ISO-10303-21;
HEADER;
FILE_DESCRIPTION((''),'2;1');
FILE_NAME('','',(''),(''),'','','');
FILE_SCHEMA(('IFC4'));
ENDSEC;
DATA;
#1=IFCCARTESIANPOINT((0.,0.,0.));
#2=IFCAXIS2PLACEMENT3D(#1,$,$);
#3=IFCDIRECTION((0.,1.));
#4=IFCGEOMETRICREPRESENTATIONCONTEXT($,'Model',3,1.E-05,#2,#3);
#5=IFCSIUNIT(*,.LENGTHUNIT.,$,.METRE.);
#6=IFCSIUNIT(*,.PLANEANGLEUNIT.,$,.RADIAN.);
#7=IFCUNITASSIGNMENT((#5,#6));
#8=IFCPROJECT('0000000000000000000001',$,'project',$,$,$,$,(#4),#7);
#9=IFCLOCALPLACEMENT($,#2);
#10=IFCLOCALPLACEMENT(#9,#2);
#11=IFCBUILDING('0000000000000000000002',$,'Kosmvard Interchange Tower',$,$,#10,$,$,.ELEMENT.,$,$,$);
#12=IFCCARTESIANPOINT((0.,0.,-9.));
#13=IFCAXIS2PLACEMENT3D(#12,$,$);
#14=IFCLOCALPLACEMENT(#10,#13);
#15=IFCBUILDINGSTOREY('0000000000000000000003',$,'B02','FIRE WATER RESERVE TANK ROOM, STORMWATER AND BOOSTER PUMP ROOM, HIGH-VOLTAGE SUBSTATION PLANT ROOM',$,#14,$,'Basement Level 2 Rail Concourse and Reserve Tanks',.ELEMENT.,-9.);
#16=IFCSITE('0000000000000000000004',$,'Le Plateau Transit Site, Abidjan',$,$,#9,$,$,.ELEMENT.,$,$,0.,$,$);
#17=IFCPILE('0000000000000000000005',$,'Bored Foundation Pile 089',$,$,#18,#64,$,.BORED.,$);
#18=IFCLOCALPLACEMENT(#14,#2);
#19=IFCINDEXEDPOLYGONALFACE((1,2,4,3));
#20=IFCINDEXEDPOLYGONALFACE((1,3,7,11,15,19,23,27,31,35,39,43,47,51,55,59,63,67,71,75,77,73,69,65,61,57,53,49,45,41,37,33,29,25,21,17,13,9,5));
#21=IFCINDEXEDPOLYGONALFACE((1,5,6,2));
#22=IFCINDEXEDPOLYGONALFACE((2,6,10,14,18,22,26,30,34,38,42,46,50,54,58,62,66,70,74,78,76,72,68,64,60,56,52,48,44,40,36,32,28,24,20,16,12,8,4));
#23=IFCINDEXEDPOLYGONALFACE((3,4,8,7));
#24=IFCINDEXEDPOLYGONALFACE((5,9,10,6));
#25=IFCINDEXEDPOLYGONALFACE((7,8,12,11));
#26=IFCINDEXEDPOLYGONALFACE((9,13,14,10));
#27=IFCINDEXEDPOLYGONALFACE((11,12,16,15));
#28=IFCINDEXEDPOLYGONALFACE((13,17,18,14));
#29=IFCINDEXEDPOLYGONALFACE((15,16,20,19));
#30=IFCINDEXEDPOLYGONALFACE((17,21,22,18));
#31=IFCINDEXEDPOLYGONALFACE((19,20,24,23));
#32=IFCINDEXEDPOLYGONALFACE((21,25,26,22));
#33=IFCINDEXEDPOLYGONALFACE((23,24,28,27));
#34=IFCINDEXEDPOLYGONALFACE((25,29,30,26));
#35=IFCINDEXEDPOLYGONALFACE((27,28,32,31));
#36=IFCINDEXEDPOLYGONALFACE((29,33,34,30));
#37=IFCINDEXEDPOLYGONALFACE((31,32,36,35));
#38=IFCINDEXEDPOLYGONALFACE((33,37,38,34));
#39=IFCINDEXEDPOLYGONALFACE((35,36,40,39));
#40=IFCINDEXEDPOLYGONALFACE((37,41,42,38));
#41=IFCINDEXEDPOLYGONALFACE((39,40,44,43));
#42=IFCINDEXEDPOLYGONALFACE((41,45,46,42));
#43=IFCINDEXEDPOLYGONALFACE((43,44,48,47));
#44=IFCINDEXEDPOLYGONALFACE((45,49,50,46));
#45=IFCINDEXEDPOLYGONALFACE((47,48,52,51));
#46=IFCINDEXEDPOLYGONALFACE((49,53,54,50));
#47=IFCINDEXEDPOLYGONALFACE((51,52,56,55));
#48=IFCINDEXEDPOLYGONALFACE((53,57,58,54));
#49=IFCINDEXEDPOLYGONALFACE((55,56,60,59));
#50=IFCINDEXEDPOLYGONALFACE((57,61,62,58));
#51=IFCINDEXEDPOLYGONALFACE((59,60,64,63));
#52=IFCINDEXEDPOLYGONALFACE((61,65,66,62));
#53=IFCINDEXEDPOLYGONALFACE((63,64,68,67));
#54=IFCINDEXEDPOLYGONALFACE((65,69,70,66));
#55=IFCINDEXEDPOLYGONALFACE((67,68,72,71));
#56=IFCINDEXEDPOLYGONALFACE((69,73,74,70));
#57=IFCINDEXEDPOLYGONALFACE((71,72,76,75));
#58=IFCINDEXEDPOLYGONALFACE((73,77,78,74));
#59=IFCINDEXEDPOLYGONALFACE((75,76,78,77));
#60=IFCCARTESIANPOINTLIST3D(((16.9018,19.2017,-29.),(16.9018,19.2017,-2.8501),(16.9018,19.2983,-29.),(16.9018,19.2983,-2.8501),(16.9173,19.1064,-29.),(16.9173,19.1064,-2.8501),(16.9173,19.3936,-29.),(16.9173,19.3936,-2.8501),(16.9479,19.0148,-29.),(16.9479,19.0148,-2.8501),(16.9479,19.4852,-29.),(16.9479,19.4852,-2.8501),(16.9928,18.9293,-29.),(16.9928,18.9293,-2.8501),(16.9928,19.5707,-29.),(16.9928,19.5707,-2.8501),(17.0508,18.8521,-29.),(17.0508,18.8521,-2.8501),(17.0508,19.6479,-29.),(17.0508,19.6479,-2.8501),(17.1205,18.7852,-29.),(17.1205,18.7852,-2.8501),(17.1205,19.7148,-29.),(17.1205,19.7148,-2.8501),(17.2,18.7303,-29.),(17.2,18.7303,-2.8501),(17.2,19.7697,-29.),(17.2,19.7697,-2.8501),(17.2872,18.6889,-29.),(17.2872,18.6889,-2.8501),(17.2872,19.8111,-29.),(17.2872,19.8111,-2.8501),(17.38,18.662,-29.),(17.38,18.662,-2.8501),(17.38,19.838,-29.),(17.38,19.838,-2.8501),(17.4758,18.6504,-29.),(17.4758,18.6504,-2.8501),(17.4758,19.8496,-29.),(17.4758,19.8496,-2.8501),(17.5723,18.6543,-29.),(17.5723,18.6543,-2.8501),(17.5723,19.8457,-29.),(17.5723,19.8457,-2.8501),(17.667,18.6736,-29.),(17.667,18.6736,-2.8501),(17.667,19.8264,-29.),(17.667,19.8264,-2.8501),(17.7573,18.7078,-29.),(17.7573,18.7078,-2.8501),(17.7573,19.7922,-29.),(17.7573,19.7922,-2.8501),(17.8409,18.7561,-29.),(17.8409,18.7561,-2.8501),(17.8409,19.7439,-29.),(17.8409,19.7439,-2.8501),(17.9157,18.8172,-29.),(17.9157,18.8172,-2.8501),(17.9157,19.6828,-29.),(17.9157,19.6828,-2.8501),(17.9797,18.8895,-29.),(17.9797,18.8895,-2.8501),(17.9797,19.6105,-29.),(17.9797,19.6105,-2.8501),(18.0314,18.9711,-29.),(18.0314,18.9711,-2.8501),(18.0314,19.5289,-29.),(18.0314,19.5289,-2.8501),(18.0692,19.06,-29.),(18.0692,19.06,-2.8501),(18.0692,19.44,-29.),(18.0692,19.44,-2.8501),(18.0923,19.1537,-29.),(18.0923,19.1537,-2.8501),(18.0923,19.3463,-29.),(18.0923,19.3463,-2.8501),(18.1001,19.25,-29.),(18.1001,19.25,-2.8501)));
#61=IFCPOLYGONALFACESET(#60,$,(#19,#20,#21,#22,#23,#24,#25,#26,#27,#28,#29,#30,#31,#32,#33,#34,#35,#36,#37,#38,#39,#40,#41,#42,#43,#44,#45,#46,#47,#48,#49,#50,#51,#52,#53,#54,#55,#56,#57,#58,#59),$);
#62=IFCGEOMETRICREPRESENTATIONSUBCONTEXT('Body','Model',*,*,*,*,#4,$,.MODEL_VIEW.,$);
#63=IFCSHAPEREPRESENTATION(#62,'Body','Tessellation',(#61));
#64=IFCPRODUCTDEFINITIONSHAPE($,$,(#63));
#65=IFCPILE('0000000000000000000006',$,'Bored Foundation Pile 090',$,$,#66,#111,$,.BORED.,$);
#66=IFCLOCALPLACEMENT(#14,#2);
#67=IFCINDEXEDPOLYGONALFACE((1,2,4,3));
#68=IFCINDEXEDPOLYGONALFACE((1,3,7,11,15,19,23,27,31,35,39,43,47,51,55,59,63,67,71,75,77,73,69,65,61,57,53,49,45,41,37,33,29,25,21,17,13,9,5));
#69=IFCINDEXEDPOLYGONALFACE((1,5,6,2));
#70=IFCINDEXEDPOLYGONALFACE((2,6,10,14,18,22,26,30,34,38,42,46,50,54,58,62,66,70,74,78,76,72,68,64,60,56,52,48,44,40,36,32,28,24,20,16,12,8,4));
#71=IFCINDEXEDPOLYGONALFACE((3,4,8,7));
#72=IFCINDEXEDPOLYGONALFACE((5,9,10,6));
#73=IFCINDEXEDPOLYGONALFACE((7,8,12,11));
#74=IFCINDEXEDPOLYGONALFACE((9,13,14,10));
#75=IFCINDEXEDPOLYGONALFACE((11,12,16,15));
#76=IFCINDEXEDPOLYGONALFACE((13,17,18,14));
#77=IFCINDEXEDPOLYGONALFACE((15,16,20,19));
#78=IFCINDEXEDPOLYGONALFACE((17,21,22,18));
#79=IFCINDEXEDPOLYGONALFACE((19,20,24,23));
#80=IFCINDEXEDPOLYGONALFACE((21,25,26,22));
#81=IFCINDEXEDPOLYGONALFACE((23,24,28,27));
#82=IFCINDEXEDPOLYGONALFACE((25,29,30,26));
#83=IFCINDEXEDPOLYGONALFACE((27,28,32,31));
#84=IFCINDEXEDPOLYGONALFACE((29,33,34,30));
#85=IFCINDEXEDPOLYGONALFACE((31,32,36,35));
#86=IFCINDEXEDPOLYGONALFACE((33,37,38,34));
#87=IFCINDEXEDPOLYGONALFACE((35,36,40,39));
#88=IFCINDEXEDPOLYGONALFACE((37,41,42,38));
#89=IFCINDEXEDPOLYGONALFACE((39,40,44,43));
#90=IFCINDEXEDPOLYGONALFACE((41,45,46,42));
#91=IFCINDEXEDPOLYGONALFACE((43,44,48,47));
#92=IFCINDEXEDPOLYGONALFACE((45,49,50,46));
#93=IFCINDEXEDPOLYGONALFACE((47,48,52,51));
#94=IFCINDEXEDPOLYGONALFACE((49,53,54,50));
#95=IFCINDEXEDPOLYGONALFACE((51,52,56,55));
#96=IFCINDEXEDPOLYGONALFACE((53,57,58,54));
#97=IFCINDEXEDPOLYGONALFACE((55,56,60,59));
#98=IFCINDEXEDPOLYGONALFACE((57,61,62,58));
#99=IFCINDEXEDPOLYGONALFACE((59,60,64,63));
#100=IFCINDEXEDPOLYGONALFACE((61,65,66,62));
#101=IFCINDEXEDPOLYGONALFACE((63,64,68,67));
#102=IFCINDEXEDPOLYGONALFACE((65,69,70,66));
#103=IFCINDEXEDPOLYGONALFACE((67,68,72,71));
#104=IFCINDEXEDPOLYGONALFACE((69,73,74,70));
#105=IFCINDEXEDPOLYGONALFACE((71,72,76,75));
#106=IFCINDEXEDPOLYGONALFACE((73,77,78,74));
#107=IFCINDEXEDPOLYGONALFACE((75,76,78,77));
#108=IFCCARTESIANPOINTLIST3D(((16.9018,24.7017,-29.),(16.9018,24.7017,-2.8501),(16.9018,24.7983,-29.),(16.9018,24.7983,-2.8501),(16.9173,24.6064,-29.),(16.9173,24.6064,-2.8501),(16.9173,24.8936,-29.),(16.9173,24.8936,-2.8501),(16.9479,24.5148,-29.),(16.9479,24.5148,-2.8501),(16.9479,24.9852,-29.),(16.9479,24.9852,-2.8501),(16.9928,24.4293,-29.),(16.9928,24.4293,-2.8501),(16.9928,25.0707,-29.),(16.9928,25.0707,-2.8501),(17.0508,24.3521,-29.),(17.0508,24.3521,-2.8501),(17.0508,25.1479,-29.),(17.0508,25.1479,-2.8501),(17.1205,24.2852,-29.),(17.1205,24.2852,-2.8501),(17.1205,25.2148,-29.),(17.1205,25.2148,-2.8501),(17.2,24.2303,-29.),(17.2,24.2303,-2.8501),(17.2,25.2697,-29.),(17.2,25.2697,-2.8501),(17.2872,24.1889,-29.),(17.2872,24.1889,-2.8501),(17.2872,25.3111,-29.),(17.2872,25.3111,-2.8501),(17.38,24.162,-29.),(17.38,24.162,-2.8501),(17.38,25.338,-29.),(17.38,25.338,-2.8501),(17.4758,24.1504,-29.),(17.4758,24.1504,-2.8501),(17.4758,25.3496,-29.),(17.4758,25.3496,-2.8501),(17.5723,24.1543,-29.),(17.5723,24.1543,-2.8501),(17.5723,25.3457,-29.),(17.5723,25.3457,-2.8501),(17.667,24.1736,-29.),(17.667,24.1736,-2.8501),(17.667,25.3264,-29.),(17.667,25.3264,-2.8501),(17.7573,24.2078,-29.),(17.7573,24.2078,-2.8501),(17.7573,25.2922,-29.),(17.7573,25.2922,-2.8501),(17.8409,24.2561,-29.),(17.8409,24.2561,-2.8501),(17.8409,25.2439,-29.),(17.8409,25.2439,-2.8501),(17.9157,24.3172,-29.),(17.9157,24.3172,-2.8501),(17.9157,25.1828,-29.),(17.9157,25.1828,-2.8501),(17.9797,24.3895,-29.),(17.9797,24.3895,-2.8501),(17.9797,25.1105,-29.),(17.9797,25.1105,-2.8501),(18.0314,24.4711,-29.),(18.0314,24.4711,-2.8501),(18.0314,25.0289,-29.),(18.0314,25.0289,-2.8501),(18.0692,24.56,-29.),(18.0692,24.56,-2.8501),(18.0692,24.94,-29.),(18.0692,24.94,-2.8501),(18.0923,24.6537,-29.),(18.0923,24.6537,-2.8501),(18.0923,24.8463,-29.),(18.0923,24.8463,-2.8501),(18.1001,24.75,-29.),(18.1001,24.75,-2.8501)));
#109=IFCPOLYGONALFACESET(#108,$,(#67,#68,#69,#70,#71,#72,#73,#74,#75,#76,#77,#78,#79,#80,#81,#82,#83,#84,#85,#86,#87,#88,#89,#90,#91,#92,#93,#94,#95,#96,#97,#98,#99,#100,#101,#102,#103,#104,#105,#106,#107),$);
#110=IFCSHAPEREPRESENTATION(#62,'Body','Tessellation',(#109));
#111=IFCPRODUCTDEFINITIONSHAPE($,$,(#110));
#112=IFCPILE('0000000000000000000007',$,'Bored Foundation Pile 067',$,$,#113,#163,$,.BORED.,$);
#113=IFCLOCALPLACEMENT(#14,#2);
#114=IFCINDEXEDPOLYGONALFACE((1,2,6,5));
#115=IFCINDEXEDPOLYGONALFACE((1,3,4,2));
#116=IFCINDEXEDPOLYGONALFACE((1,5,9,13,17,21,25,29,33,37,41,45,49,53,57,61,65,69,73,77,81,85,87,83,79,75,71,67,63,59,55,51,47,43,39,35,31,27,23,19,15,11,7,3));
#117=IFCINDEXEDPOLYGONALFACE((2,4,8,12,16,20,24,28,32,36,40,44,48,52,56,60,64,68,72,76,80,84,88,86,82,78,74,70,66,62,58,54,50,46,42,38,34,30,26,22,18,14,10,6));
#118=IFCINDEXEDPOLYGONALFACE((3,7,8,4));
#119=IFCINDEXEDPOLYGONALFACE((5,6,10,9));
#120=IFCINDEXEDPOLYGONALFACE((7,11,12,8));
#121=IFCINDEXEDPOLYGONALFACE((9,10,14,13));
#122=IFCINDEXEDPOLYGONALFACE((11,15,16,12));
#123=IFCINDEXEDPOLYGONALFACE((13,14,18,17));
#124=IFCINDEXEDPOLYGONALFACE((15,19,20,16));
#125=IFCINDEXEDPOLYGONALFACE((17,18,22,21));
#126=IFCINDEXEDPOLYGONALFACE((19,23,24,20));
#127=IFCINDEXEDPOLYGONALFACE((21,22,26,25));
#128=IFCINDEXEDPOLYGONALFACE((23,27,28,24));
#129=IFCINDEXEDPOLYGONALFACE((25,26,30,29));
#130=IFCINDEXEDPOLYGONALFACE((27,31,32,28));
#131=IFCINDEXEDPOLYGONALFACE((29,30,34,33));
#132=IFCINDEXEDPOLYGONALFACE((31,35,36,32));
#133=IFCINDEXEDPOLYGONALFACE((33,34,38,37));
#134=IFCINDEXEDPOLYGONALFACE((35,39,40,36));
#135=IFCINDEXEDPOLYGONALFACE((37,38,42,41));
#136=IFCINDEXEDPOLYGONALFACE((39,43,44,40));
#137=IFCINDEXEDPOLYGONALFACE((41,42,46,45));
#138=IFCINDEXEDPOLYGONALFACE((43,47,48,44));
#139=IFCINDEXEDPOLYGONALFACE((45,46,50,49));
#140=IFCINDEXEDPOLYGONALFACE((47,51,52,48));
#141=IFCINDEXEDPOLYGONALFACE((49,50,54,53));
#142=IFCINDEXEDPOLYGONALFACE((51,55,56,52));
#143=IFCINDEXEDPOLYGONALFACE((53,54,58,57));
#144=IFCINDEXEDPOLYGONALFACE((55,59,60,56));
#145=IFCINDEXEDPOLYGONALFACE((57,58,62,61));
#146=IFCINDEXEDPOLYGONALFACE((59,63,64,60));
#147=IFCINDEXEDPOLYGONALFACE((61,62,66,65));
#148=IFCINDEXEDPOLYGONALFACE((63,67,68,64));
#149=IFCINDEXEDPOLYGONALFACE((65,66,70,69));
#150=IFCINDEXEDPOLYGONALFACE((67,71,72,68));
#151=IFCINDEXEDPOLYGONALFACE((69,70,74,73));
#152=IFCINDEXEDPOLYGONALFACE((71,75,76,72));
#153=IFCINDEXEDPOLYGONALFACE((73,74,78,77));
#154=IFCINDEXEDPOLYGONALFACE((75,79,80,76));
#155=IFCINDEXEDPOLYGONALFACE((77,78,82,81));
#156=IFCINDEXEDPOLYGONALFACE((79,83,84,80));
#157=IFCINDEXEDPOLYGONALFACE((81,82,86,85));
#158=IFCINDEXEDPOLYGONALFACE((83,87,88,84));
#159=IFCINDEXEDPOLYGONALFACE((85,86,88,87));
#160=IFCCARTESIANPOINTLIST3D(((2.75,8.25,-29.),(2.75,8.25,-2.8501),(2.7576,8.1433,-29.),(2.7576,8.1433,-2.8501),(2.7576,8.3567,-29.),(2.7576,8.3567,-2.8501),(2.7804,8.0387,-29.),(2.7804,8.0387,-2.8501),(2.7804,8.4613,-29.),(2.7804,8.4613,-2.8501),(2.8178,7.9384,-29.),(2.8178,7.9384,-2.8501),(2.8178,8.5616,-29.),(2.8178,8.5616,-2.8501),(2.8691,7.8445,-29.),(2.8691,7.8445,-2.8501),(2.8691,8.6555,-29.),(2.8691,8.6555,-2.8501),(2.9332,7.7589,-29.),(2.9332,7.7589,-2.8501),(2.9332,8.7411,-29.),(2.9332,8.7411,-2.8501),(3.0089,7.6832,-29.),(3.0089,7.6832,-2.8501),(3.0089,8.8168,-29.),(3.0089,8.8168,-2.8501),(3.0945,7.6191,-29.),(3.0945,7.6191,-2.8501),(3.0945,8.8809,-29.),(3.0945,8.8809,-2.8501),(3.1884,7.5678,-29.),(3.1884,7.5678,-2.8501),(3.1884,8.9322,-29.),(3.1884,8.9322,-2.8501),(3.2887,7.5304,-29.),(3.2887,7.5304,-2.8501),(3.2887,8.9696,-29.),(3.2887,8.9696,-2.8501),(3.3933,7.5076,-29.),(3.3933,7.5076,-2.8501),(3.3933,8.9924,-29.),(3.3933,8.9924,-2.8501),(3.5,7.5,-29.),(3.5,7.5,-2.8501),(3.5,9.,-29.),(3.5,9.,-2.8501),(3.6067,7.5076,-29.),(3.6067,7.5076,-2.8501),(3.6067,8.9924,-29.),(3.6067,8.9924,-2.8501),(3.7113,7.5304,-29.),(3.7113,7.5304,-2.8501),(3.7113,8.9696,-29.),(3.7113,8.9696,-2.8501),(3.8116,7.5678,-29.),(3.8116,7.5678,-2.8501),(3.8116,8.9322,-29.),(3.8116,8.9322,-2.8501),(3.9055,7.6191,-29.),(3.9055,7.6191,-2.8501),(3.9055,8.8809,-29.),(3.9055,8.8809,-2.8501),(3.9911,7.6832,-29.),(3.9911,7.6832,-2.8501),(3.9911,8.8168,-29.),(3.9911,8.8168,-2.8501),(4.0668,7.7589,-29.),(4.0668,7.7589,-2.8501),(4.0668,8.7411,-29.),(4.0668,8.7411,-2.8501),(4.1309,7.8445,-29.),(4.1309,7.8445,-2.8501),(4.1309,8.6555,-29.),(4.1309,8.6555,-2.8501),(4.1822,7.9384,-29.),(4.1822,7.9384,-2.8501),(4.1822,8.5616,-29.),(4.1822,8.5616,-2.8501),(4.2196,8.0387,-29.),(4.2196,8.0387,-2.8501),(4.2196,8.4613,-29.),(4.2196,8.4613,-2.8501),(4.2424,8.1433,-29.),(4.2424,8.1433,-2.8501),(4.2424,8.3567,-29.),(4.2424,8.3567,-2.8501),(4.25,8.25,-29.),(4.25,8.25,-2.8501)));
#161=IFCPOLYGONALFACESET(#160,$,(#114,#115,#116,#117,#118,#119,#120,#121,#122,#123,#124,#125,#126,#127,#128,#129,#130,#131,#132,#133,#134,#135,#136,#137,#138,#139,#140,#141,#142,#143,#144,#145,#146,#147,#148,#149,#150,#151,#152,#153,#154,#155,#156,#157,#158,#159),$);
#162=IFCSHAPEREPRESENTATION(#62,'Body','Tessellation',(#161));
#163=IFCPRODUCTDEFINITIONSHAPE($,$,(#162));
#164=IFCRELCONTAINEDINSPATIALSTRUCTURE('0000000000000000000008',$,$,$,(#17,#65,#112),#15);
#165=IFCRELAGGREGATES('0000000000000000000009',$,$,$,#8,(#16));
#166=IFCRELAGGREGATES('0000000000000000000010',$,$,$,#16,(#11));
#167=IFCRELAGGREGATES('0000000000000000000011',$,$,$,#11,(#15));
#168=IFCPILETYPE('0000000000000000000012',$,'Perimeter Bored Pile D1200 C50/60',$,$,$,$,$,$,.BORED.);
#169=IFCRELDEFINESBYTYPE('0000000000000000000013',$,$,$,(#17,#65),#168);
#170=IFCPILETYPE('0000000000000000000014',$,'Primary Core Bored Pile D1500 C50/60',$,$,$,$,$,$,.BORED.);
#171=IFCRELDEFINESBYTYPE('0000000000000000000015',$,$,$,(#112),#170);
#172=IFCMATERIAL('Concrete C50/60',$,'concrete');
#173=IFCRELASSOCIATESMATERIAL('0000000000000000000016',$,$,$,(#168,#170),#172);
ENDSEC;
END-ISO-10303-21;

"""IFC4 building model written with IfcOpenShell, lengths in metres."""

from ifc_helpers import new_model, si_unit, direction, frame, origin, origin_2d, place, context, subcontext, project, spatial, circle, extrude, source, transform, mapped, material, material_profile, profile_set, type_object, element, save


model = new_model("IFC4")

# Units and contexts
model_context = context("Model", 3, precision=1e-05, world=origin(), true_north=direction((0.0, 1.0)))
body_context = subcontext(model_context, "Body", "Model", "MODEL_VIEW")
ifc_project = project(units=[si_unit("LENGTHUNIT", "METRE"), si_unit("PLANEANGLEUNIT", "RADIAN")], contexts=[model_context])

# Site, building, storey
site_placement = place(None, origin())
site = spatial("IfcSite", under=ifc_project, at=site_placement, Name="Le Plateau Transit Site, Abidjan", CompositionType="ELEMENT", RefElevation=0.0)
building_placement = place(site_placement, origin())
building = spatial("IfcBuilding", under=site, at=building_placement, Name="Kosmvard Interchange Tower", CompositionType="ELEMENT")
storey_placement = place(building_placement, frame((0.0, 0.0, -9.0)))
storey = spatial("IfcBuildingStorey", under=building, at=storey_placement, Name="B02", Description="FIRE WATER RESERVE TANK ROOM, STORMWATER AND BOOSTER PUMP ROOM, HIGH-VOLTAGE SUBSTATION PLANT ROOM", LongName="Basement Level 2 Rail Concourse and Reserve Tanks", CompositionType="ELEMENT", Elevation=-9.0)

# Piles
ifc_material_1 = material(Name="Concrete C50/60", Category="concrete")
ifc_material_profile_1 = material_profile(ifc_material_1, circle(Radius=0.6001, at=origin_2d()), Name="PILE D1200")
ifc_profile_set_1 = profile_set([ifc_material_profile_1], Name="Concrete C50/60")
pile_type_1 = type_object("IfcPileType", Name="Perimeter Bored Pile D1200 C50/60", PredefinedType="BORED", material=ifc_profile_set_1)
shared_shape_1 = source(origin(), body_context, "Body", "SweptSolid", [
    extrude(circle(Radius=0.6001, at=origin_2d()), origin(), (0.0, 0.0, 1.0), 26.1499),
])
for number, where, z_axis, x_axis, name in (
    (1, (17.5, 19.25, -2.8501), (0.0, 0.0, -1.0), (1.0, 0.0, 0.0), "Bored Foundation Pile 089"),
    (2, (17.5, 24.75, -2.8501), (0.0, 0.0, -1.0), (1.0, 0.0, 0.0), "Bored Foundation Pile 090"),
):
    element("IfcPile", number, at=place(storey_placement, frame(where, z_axis=z_axis, x_axis=x_axis)), inside=storey, type_object=pile_type_1, Name=name, PredefinedType="BORED", context=body_context, shape_type="MappedRepresentation", body=[
        mapped(shared_shape_1, transform((0.0, 0.0, 0.0), scale=1.0)),
    ])
ifc_material_profile_2 = material_profile(ifc_material_1, circle(Radius=0.75, at=origin_2d()), Name="PILE D1500")
ifc_profile_set_2 = profile_set([ifc_material_profile_2], Name="Concrete C50/60")
pile_type_2 = type_object("IfcPileType", Name="Primary Core Bored Pile D1500 C50/60", PredefinedType="BORED", material=ifc_profile_set_2)
shared_shape_2 = source(origin(), body_context, "Body", "SweptSolid", [
    extrude(circle(Radius=0.75, at=origin_2d()), origin(), (0.0, 0.0, 1.0), 26.1499),
])
for number, where, z_axis, x_axis, name in (
    (3, (3.5, 8.25, -2.8501), (0.0, 0.0, -1.0), (1.0, 0.0, 0.0), "Bored Foundation Pile 067"),
):
    element("IfcPile", number, at=place(storey_placement, frame(where, z_axis=z_axis, x_axis=x_axis)), inside=storey, type_object=pile_type_2, Name=name, PredefinedType="BORED", context=body_context, shape_type="MappedRepresentation", body=[
        mapped(shared_shape_2, transform((0.0, 0.0, 0.0), scale=1.0)),
    ])

save(model, "model.ifc")
